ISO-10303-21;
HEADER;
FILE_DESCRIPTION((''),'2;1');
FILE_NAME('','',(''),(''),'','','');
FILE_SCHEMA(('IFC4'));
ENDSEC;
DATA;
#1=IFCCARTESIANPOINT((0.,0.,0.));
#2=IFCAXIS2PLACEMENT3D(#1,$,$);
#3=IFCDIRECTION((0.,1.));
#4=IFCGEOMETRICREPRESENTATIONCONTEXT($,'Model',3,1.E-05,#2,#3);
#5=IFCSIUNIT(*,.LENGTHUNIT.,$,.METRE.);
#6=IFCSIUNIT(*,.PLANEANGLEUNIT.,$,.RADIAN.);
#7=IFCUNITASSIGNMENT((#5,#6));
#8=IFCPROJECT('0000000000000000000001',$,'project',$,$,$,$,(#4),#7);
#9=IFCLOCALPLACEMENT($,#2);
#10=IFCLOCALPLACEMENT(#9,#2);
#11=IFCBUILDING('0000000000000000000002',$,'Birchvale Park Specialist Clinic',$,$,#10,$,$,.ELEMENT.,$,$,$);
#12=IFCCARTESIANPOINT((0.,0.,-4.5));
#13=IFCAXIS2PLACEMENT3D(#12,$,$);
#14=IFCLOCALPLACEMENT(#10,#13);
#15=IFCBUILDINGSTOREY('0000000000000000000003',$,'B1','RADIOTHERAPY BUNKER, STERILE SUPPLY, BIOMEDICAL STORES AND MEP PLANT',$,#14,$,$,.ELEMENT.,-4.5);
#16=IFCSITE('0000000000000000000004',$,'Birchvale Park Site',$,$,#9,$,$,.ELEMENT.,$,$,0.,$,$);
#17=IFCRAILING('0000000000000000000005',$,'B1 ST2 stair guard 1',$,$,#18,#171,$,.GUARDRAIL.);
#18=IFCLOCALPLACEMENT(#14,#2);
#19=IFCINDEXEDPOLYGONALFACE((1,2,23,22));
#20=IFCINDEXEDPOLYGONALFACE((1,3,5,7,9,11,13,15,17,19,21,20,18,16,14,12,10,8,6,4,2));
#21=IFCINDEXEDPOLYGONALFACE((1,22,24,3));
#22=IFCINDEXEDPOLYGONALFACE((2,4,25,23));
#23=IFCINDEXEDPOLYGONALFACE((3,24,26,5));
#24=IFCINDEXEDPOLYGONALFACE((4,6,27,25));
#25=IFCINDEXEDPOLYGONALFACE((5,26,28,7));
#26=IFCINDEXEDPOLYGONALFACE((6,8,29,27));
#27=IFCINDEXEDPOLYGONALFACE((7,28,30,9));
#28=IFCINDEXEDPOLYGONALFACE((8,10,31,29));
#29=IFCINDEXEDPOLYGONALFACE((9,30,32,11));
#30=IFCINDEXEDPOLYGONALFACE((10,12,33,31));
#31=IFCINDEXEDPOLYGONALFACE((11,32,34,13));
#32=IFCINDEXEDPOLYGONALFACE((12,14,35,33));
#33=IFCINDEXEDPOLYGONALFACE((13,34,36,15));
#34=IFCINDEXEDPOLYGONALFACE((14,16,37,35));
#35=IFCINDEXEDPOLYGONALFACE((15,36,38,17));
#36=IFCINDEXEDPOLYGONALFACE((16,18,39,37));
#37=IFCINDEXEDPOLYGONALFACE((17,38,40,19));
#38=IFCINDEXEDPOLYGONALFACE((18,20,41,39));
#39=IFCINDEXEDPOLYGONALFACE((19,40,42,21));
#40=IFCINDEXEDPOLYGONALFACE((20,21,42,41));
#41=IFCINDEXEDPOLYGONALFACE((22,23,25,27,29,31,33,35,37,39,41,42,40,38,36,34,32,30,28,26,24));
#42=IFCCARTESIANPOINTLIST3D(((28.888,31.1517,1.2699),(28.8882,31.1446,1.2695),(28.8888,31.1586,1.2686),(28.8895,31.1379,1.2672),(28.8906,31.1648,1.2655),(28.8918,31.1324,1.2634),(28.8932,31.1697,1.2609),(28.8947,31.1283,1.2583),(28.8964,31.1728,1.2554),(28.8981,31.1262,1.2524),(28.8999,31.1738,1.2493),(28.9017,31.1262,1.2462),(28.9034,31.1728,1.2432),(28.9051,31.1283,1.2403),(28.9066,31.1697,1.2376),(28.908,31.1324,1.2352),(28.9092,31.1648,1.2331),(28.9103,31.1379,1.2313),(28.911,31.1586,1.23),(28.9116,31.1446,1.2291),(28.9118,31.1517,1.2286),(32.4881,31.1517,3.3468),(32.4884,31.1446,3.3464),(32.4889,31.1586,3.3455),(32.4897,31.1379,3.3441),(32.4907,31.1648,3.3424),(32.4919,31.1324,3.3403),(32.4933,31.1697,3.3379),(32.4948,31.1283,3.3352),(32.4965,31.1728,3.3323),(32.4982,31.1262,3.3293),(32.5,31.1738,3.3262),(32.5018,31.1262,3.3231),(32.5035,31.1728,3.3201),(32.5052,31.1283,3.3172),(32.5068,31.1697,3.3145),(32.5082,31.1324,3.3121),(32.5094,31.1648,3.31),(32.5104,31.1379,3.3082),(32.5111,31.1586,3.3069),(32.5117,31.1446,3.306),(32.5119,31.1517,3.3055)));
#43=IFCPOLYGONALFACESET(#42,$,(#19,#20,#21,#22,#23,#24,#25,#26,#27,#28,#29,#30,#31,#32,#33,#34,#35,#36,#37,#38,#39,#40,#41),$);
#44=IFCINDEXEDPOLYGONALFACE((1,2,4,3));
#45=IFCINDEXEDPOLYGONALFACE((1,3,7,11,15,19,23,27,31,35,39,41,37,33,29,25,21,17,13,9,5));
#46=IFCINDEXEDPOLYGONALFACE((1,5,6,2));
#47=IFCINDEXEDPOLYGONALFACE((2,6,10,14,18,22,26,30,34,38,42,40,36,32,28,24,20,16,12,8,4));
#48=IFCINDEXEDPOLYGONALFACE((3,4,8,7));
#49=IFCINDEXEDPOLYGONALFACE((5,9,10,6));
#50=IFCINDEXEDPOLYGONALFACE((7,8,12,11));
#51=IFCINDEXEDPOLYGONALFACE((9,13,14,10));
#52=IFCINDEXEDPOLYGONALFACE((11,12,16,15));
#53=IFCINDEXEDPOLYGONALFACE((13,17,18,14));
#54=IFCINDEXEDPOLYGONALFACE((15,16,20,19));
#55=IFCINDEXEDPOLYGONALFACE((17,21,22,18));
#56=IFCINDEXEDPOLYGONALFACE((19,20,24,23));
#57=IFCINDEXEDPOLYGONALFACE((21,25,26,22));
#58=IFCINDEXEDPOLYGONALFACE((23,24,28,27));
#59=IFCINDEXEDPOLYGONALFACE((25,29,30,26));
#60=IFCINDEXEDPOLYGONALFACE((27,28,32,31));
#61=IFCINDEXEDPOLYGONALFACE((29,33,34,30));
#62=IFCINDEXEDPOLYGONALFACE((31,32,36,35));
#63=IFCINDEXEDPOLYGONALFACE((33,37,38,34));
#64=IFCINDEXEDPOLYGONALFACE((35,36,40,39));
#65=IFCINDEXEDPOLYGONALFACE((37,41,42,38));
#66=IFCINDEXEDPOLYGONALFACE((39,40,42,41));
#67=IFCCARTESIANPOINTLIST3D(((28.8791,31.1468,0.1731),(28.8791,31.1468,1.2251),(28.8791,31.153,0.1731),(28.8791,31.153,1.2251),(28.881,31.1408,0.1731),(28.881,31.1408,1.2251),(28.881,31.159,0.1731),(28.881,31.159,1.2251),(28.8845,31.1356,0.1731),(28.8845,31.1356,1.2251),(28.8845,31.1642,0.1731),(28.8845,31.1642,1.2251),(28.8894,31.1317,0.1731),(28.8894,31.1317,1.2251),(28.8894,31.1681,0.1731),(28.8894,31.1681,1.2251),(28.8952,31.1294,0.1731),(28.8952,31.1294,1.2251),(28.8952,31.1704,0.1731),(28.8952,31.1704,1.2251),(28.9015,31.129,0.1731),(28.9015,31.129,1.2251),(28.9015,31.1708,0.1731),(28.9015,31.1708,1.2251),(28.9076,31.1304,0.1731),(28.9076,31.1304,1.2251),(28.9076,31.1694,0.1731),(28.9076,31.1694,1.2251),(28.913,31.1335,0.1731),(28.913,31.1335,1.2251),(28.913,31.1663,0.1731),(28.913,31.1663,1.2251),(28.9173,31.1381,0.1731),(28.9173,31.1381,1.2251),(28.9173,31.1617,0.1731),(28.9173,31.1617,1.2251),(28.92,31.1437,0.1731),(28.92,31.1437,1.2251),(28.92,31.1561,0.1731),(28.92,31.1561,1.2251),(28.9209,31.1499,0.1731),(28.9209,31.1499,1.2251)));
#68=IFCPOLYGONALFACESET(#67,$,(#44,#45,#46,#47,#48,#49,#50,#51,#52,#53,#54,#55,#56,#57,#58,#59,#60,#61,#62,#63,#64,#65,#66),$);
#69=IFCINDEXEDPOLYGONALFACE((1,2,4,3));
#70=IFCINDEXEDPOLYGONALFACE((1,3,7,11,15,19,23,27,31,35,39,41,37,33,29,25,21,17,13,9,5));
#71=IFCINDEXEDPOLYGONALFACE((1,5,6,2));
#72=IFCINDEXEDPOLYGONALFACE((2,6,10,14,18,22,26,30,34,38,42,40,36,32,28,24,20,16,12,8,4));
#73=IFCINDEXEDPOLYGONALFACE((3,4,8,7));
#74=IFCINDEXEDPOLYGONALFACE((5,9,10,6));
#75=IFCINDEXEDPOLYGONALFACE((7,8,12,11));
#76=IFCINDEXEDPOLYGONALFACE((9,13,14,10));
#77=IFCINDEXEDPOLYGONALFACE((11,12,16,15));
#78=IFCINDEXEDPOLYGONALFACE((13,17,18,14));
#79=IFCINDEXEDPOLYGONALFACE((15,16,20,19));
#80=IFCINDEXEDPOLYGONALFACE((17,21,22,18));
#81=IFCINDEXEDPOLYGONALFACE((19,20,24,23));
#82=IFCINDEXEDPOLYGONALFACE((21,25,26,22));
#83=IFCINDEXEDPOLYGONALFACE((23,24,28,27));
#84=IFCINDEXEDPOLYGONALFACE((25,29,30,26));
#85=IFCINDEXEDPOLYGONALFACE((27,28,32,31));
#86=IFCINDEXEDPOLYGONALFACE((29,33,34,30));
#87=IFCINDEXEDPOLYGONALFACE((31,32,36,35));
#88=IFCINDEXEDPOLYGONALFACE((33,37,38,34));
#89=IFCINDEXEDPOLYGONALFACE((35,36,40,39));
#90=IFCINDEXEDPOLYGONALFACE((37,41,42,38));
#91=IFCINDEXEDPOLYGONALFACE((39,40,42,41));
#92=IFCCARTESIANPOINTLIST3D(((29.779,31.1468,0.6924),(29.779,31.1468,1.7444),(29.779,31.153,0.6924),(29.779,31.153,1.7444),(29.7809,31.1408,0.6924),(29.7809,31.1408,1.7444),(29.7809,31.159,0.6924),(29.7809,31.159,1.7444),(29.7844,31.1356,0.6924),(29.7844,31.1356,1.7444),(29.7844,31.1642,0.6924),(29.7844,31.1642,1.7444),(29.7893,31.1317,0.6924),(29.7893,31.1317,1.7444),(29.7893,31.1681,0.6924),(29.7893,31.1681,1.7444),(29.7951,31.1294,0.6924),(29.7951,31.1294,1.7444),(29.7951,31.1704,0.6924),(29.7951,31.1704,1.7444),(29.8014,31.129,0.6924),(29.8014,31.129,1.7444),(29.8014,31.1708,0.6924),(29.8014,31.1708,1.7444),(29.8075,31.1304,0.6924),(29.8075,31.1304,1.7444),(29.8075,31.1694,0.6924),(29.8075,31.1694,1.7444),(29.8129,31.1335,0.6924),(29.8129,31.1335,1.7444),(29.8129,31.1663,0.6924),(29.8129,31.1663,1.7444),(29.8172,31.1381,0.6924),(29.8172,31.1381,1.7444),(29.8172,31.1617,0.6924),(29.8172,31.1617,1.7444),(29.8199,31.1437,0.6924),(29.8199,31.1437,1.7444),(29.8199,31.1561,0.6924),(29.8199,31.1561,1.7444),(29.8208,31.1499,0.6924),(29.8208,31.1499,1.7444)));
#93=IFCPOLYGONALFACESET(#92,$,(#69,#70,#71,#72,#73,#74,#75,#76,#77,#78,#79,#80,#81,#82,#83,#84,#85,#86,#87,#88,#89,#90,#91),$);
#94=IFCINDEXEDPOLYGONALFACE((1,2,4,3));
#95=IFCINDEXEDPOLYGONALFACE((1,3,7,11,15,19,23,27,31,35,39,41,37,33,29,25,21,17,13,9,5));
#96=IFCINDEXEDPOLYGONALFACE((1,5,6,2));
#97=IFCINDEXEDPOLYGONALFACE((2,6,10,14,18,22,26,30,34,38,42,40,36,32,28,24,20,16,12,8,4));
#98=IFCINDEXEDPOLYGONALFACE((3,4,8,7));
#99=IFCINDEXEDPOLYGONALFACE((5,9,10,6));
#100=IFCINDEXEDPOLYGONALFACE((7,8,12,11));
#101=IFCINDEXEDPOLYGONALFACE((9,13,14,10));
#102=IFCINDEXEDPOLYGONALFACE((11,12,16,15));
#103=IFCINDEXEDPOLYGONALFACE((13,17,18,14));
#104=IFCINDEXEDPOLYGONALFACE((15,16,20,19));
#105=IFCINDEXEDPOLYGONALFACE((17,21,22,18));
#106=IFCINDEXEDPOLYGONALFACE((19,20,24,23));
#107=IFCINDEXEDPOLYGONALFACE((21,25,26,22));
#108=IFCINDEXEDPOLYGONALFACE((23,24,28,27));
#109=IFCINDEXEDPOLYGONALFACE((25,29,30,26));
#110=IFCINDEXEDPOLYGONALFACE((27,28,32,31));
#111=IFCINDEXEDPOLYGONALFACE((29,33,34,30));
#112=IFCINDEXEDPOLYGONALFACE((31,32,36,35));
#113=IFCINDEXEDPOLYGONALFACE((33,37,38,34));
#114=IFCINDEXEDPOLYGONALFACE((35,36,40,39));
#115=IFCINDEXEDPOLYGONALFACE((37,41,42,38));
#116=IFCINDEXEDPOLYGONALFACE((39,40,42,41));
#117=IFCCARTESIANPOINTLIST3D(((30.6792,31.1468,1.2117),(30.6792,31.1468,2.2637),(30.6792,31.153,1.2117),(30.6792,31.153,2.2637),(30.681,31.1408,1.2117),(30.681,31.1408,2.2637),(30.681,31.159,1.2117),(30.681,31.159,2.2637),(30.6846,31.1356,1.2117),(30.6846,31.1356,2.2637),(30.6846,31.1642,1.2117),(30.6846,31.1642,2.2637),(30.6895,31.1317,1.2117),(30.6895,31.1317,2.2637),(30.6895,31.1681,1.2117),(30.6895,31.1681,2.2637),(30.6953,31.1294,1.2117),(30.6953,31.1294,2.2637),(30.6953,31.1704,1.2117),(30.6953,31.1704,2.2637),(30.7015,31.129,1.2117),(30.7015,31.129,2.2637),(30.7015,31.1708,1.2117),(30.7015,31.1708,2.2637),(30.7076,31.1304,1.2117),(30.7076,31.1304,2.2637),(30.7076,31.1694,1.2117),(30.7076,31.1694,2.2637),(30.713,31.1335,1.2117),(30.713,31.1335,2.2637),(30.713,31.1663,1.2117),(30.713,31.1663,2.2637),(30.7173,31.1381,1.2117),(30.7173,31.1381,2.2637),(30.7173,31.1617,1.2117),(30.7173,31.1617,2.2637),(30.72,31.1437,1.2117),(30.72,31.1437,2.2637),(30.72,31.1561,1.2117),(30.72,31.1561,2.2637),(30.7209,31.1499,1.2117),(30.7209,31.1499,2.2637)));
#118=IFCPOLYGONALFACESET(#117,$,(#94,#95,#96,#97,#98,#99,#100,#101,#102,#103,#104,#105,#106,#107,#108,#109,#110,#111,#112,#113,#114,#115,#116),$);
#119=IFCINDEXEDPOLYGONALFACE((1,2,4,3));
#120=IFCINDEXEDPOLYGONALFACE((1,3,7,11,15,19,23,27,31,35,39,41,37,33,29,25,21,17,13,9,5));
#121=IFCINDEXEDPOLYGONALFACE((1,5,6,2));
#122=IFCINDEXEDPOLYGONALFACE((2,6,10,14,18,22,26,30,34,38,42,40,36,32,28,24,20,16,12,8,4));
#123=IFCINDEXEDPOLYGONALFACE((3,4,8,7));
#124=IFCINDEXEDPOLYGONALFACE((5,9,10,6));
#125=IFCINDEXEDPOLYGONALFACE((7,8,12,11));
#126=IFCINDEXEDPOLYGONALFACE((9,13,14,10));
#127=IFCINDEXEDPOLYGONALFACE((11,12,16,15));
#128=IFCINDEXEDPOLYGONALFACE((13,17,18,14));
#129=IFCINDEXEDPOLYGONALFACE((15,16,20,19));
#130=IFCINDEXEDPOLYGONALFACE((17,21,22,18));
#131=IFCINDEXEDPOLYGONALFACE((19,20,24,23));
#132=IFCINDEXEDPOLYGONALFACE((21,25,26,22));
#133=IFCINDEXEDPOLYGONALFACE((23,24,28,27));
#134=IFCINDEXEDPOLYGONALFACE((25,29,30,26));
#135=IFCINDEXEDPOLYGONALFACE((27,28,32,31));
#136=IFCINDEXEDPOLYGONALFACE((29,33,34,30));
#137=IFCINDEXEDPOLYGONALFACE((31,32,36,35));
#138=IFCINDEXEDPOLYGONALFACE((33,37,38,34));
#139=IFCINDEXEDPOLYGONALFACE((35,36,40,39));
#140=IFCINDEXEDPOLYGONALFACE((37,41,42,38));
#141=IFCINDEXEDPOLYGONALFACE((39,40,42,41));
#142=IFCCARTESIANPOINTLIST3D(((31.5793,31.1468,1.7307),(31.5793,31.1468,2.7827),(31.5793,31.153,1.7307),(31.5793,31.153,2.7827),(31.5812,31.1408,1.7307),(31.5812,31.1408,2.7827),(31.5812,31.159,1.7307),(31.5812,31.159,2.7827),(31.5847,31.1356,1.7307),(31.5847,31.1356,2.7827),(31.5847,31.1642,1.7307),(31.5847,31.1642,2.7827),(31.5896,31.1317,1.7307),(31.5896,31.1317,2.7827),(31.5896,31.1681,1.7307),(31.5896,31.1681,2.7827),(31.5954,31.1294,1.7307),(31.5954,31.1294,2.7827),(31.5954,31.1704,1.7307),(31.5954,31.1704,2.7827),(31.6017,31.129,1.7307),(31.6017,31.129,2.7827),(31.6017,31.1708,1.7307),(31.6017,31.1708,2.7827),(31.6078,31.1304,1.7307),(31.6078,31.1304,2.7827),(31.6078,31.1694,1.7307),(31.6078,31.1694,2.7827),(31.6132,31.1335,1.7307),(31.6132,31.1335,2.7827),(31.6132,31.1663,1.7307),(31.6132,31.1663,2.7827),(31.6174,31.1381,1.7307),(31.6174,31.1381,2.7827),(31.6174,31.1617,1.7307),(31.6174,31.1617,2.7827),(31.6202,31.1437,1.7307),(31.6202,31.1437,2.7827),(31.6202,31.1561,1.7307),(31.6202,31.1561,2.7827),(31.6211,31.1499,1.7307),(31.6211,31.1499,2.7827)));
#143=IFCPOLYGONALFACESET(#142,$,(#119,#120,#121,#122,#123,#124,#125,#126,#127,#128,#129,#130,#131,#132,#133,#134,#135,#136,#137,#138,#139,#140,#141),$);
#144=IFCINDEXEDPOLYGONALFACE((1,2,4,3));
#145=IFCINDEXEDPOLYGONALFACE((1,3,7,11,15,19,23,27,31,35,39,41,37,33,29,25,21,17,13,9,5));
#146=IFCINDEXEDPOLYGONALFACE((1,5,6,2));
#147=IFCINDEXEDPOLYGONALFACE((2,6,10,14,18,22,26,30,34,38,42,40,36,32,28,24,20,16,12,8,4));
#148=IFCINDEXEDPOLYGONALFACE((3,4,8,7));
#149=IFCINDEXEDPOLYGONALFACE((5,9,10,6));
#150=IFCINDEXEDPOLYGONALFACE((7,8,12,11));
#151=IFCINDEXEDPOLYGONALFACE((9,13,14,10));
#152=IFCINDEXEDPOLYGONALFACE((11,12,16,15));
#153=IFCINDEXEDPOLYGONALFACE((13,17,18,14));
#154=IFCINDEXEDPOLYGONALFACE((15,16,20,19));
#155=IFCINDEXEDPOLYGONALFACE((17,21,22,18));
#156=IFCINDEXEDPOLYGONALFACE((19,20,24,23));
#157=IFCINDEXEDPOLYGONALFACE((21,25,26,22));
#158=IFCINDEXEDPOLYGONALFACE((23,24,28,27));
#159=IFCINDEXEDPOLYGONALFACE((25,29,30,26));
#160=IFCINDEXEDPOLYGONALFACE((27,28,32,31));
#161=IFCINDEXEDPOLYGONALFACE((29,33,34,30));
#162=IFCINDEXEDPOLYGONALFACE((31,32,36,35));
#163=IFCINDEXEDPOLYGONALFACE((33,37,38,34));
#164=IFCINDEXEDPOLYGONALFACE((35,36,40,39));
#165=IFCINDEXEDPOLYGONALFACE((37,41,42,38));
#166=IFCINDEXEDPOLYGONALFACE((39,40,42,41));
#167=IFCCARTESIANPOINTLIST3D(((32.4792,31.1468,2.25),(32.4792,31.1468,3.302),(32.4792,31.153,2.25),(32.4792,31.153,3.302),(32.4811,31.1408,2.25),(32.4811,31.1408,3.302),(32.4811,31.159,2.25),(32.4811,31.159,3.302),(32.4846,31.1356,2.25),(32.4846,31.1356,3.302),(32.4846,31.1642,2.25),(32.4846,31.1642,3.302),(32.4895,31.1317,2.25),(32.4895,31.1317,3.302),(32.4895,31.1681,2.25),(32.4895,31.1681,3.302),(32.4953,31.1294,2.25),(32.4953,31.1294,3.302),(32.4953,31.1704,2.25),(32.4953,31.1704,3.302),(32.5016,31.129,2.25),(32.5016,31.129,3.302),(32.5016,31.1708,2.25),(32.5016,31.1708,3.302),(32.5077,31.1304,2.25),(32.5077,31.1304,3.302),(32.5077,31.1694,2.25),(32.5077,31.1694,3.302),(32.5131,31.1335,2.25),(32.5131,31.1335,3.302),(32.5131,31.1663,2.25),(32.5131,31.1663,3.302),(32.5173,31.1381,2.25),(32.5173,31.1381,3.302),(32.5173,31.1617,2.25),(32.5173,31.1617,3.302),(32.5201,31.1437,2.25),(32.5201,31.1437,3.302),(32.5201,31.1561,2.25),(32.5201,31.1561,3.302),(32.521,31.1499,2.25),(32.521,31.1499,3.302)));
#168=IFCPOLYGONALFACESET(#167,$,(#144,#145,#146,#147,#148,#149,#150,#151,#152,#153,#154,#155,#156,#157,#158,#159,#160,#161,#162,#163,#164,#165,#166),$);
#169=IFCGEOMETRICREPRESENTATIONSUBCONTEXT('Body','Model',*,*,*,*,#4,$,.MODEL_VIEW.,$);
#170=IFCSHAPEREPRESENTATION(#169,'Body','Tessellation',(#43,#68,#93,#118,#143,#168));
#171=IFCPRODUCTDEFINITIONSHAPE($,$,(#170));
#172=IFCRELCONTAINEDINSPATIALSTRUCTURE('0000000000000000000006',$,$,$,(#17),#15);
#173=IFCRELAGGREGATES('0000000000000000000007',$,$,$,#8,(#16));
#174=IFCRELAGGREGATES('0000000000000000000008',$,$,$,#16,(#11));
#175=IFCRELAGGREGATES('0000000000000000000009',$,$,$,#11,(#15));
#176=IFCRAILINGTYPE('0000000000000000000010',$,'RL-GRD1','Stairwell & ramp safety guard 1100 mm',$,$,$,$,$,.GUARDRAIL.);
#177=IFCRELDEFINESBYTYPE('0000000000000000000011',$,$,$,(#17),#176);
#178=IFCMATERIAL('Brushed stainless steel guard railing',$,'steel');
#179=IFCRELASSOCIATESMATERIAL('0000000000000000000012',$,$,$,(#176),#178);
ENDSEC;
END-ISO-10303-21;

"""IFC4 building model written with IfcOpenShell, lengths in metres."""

from ifc_helpers import new_model, si_unit, direction, frame, origin, origin_2d, place, context, subcontext, project, spatial, circle, extrude, material, type_object, element, save


model = new_model("IFC4")

# Units and contexts
model_context = context("Model", 3, precision=1e-05, world=origin(), true_north=direction((0.0, 1.0)))
body_context = subcontext(model_context, "Body", "Model", "MODEL_VIEW")
ifc_project = project(units=[si_unit("LENGTHUNIT", "METRE"), si_unit("PLANEANGLEUNIT", "RADIAN")], contexts=[model_context])

# Site, building, storey
site_placement = place(None, origin())
site = spatial("IfcSite", under=ifc_project, at=site_placement, Name="Birchvale Park Site", CompositionType="ELEMENT", RefElevation=0.0)
building_placement = place(site_placement, origin())
building = spatial("IfcBuilding", under=site, at=building_placement, Name="Birchvale Park Specialist Clinic", CompositionType="ELEMENT")
storey_placement = place(building_placement, frame((0.0, 0.0, -4.5)))
storey = spatial("IfcBuildingStorey", under=building, at=storey_placement, Name="B1", Description="RADIOTHERAPY BUNKER, STERILE SUPPLY, BIOMEDICAL STORES AND MEP PLANT", CompositionType="ELEMENT", Elevation=-4.5)

# Railing
ifc_material_1 = material(Name="Brushed stainless steel guard railing", Category="steel")
railing_type_1 = type_object("IfcRailingType", Name="RL-GRD1", Description="Stairwell & ramp safety guard 1100 mm", PredefinedType="GUARDRAIL", material=ifc_material_1)
railing_1_placement = place(storey_placement, frame((28.8999, 31.1499, 0.1731)))
element("IfcRailing", 1, at=railing_1_placement, inside=storey, type_object=railing_type_1, Name="B1 ST2 stair guard 1", PredefinedType="GUARDRAIL", context=body_context, shape_type="SweptSolid", body=[
    extrude(circle(Radius=0.0239, at=origin_2d()), frame((0.0, 0.0, 1.0762), z_axis=(0.866193, 0.0, 0.499709), x_axis=(0.0, 1.0, 0.0)), (0.0, 0.0, 1.0), 4.1562),
    extrude(circle(Radius=0.021, at=origin_2d()), origin(), (0.0, 0.0, 1.0), 1.052),
    extrude(circle(Radius=0.021, at=origin_2d()), frame((0.8999, 0.0, 0.5193)), (0.0, 0.0, 1.0), 1.052),
    extrude(circle(Radius=0.021, at=origin_2d()), frame((1.8, 0.0, 1.0386)), (0.0, 0.0, 1.0), 1.052),
    extrude(circle(Radius=0.021, at=origin_2d()), frame((2.7002, 0.0, 1.5576)), (0.0, 0.0, 1.0), 1.052),
    extrude(circle(Radius=0.021, at=origin_2d()), frame((3.6001, 0.0, 2.0769)), (0.0, 0.0, 1.0), 1.052),
])

save(model, "model.ifc")
